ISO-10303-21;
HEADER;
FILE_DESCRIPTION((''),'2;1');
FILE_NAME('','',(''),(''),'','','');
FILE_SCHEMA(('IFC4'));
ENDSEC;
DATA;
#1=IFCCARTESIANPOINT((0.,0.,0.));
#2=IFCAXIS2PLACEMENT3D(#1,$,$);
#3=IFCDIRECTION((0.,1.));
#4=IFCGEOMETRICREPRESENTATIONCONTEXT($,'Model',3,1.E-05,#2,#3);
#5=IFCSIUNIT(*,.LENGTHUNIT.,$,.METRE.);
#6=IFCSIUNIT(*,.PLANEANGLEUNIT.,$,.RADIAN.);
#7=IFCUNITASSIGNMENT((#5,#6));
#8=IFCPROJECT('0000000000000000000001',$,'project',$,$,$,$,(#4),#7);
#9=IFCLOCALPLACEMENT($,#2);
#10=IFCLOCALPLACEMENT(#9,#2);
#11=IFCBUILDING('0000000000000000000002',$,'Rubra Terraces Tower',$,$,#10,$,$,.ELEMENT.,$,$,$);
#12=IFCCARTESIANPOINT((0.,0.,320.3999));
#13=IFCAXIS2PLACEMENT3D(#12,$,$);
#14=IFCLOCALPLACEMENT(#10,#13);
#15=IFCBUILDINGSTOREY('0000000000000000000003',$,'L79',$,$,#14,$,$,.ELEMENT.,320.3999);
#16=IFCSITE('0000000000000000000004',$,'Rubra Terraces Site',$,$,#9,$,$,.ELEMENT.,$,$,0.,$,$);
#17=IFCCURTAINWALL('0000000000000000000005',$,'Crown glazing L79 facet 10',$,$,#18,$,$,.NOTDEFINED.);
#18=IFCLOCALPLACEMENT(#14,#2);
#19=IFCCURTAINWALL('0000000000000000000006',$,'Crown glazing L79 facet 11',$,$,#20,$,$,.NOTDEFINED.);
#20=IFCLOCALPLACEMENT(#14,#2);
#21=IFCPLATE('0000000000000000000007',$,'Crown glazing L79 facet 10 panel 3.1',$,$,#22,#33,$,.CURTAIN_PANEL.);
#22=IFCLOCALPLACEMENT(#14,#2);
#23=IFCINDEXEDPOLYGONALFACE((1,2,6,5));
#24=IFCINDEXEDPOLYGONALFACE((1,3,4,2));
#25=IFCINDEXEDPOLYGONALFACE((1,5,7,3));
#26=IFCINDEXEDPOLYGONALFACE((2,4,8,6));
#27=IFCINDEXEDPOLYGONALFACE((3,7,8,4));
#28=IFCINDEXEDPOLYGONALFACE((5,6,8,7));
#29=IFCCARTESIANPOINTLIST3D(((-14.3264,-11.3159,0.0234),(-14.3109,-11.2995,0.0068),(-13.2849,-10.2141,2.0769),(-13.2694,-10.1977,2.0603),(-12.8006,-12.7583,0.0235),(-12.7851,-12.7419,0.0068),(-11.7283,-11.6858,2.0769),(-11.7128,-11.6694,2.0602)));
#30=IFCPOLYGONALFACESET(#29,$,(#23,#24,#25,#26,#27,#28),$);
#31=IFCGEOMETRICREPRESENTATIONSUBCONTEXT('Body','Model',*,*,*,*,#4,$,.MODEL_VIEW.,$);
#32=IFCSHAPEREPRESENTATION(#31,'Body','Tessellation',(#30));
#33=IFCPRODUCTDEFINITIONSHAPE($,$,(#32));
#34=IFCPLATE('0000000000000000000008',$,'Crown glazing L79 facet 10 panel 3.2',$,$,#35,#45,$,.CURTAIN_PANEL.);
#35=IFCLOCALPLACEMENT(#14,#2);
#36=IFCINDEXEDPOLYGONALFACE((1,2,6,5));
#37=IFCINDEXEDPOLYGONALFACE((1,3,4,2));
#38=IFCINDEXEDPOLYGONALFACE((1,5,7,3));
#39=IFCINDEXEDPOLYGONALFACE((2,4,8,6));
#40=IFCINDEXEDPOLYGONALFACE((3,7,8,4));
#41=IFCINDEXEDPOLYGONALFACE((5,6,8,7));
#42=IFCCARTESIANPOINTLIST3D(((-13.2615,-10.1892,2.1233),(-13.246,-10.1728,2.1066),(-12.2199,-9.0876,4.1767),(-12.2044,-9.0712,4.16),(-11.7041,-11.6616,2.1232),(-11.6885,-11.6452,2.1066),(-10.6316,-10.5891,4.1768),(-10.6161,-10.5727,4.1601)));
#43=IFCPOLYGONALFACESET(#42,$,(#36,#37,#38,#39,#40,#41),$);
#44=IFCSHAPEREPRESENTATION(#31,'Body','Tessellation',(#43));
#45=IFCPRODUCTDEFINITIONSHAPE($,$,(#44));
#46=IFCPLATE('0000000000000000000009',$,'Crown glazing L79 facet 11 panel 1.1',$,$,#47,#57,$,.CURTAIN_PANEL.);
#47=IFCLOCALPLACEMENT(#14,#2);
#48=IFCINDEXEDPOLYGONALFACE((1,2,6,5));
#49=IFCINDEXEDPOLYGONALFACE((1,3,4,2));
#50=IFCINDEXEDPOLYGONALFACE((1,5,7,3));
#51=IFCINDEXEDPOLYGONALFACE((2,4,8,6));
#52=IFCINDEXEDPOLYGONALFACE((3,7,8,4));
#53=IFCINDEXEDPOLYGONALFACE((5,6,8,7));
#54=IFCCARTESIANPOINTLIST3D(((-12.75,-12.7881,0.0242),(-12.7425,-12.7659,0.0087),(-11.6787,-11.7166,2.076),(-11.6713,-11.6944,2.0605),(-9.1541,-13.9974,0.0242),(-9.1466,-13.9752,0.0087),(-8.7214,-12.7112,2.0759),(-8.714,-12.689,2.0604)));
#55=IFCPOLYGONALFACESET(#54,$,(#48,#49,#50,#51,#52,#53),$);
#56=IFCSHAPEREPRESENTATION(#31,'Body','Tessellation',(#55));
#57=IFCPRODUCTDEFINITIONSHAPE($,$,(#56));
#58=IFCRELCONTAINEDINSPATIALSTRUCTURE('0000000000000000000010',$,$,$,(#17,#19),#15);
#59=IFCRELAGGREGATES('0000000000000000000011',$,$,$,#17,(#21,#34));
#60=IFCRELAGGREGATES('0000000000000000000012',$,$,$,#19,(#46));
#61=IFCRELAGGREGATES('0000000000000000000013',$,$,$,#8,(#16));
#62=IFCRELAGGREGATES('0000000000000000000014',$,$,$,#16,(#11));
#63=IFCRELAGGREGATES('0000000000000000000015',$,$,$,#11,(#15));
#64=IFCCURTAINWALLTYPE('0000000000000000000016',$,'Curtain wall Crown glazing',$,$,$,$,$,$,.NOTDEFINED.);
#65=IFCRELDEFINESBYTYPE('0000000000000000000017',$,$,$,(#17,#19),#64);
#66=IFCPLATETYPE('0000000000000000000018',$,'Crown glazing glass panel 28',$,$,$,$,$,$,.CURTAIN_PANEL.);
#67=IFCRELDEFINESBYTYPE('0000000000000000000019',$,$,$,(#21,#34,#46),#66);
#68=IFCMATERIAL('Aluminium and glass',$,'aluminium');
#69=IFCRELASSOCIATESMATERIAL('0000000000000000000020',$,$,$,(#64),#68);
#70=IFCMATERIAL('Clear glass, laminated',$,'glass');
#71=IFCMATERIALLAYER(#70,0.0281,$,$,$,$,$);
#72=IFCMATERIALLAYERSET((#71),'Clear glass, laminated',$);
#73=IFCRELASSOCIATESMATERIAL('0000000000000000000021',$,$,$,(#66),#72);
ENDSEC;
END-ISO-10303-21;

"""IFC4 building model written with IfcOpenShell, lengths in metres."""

from ifc_helpers import new_model, si_unit, direction, frame, origin, place, context, subcontext, project, spatial, polyline, outline, extrude, material, layer, layer_set, type_object, element, aggregate, save


model = new_model("IFC4")

# Units and contexts
model_context = context("Model", 3, precision=1e-05, world=origin(), true_north=direction((0.0, 1.0)))
body_context = subcontext(model_context, "Body", "Model", "MODEL_VIEW")
ifc_project = project(units=[si_unit("LENGTHUNIT", "METRE"), si_unit("PLANEANGLEUNIT", "RADIAN")], contexts=[model_context])

# Site, building, storey
site_placement = place(None, origin())
site = spatial("IfcSite", under=ifc_project, at=site_placement, Name="Rubra Terraces Site", CompositionType="ELEMENT", RefElevation=0.0)
building_placement = place(site_placement, origin())
building = spatial("IfcBuilding", under=site, at=building_placement, Name="Rubra Terraces Tower", CompositionType="ELEMENT")
storey_placement = place(building_placement, frame((0.0, 0.0, 320.3999)))
storey = spatial("IfcBuildingStorey", under=building, at=storey_placement, Name="L79", CompositionType="ELEMENT", Elevation=320.3999)

# Curtain walls
ifc_material_1 = material(Name="Aluminium and glass", Category="aluminium")
curtain_wall_type = type_object("IfcCurtainWallType", Name="Curtain wall Crown glazing", PredefinedType="NOTDEFINED", material=ifc_material_1)
curtain_wall_1_placement = place(storey_placement, origin())
curtain_wall_1 = element("IfcCurtainWall", 1, at=curtain_wall_1_placement, inside=storey, type_object=curtain_wall_type, Name="Crown glazing L79 facet 10", PredefinedType="NOTDEFINED")
curtain_wall_2_placement = place(storey_placement, origin())
curtain_wall_2 = element("IfcCurtainWall", 2, at=curtain_wall_2_placement, inside=storey, type_object=curtain_wall_type, Name="Crown glazing L79 facet 11", PredefinedType="NOTDEFINED")

# Plates
ifc_material_2 = material(Name="Clear glass, laminated", Category="glass")
ifc_layer = layer(ifc_material_2, 0.0281)
ifc_layer_set = layer_set([ifc_layer], Name="Clear glass, laminated")
plate_type = type_object("IfcPlateType", Name="Crown glazing glass panel 28", PredefinedType="CURTAIN_PANEL", material=ifc_layer_set)
plate_1_placement = place(storey_placement, frame((-14.3264, -11.3159, 0.0234), z_axis=(-0.552666, -0.584615, 0.593958), x_axis=(0.726693, -0.686962, 0.000018)))
plate_1 = element("IfcPlate", 3, at=plate_1_placement, type_object=plate_type, Name="Crown glazing L79 facet 10 panel 3.1", PredefinedType="CURTAIN_PANEL", context=body_context, shape_type="SweptSolid", body=[
    extrude(outline(polyline([(0.0, 0.0), (2.0997, 0.0), (2.1422, 2.5524), (0.0, 2.5525), (0.0, 0.0)])), origin(), (0.0, 0.0, -1.0), 0.0281),
])
plate_2_placement = place(storey_placement, frame((-13.2615, -10.1892, 2.1233), z_axis=(-0.55267, -0.584612, 0.593957), x_axis=(0.726669, -0.686987, -0.000021)))
plate_2 = element("IfcPlate", 4, at=plate_2_placement, type_object=plate_type, Name="Crown glazing L79 facet 10 panel 3.2", PredefinedType="CURTAIN_PANEL", context=body_context, shape_type="SweptSolid", body=[
    extrude(outline(polyline([(0.0, 0.0), (2.1432, 0.0), (2.1857, 2.5525), (0.0, 2.5524), (0.0, 0.0)])), origin(), (0.0, 0.0, -1.0), 0.0281),
])
aggregate(curtain_wall_1, [plate_1, plate_2])
plate_3_placement = place(storey_placement, frame((-12.75, -12.7881, 0.0242), z_axis=(-0.265868, -0.790564, 0.551655), x_axis=(0.947838, -0.318752, 0.000011)))
plate_3 = element("IfcPlate", 5, at=plate_3_placement, type_object=plate_type, Name="Crown glazing L79 facet 11 panel 1.1", PredefinedType="CURTAIN_PANEL", context=body_context, shape_type="SweptSolid", body=[
    extrude(outline(polyline([(0.0, 0.0), (3.7938, 0.0), (3.7939, 2.4599), (0.6739, 2.46), (0.0, 0.0)])), origin(), (0.0, 0.0, -1.0), 0.0281),
])
aggregate(curtain_wall_2, [plate_3])

save(model, "model.ifc")
